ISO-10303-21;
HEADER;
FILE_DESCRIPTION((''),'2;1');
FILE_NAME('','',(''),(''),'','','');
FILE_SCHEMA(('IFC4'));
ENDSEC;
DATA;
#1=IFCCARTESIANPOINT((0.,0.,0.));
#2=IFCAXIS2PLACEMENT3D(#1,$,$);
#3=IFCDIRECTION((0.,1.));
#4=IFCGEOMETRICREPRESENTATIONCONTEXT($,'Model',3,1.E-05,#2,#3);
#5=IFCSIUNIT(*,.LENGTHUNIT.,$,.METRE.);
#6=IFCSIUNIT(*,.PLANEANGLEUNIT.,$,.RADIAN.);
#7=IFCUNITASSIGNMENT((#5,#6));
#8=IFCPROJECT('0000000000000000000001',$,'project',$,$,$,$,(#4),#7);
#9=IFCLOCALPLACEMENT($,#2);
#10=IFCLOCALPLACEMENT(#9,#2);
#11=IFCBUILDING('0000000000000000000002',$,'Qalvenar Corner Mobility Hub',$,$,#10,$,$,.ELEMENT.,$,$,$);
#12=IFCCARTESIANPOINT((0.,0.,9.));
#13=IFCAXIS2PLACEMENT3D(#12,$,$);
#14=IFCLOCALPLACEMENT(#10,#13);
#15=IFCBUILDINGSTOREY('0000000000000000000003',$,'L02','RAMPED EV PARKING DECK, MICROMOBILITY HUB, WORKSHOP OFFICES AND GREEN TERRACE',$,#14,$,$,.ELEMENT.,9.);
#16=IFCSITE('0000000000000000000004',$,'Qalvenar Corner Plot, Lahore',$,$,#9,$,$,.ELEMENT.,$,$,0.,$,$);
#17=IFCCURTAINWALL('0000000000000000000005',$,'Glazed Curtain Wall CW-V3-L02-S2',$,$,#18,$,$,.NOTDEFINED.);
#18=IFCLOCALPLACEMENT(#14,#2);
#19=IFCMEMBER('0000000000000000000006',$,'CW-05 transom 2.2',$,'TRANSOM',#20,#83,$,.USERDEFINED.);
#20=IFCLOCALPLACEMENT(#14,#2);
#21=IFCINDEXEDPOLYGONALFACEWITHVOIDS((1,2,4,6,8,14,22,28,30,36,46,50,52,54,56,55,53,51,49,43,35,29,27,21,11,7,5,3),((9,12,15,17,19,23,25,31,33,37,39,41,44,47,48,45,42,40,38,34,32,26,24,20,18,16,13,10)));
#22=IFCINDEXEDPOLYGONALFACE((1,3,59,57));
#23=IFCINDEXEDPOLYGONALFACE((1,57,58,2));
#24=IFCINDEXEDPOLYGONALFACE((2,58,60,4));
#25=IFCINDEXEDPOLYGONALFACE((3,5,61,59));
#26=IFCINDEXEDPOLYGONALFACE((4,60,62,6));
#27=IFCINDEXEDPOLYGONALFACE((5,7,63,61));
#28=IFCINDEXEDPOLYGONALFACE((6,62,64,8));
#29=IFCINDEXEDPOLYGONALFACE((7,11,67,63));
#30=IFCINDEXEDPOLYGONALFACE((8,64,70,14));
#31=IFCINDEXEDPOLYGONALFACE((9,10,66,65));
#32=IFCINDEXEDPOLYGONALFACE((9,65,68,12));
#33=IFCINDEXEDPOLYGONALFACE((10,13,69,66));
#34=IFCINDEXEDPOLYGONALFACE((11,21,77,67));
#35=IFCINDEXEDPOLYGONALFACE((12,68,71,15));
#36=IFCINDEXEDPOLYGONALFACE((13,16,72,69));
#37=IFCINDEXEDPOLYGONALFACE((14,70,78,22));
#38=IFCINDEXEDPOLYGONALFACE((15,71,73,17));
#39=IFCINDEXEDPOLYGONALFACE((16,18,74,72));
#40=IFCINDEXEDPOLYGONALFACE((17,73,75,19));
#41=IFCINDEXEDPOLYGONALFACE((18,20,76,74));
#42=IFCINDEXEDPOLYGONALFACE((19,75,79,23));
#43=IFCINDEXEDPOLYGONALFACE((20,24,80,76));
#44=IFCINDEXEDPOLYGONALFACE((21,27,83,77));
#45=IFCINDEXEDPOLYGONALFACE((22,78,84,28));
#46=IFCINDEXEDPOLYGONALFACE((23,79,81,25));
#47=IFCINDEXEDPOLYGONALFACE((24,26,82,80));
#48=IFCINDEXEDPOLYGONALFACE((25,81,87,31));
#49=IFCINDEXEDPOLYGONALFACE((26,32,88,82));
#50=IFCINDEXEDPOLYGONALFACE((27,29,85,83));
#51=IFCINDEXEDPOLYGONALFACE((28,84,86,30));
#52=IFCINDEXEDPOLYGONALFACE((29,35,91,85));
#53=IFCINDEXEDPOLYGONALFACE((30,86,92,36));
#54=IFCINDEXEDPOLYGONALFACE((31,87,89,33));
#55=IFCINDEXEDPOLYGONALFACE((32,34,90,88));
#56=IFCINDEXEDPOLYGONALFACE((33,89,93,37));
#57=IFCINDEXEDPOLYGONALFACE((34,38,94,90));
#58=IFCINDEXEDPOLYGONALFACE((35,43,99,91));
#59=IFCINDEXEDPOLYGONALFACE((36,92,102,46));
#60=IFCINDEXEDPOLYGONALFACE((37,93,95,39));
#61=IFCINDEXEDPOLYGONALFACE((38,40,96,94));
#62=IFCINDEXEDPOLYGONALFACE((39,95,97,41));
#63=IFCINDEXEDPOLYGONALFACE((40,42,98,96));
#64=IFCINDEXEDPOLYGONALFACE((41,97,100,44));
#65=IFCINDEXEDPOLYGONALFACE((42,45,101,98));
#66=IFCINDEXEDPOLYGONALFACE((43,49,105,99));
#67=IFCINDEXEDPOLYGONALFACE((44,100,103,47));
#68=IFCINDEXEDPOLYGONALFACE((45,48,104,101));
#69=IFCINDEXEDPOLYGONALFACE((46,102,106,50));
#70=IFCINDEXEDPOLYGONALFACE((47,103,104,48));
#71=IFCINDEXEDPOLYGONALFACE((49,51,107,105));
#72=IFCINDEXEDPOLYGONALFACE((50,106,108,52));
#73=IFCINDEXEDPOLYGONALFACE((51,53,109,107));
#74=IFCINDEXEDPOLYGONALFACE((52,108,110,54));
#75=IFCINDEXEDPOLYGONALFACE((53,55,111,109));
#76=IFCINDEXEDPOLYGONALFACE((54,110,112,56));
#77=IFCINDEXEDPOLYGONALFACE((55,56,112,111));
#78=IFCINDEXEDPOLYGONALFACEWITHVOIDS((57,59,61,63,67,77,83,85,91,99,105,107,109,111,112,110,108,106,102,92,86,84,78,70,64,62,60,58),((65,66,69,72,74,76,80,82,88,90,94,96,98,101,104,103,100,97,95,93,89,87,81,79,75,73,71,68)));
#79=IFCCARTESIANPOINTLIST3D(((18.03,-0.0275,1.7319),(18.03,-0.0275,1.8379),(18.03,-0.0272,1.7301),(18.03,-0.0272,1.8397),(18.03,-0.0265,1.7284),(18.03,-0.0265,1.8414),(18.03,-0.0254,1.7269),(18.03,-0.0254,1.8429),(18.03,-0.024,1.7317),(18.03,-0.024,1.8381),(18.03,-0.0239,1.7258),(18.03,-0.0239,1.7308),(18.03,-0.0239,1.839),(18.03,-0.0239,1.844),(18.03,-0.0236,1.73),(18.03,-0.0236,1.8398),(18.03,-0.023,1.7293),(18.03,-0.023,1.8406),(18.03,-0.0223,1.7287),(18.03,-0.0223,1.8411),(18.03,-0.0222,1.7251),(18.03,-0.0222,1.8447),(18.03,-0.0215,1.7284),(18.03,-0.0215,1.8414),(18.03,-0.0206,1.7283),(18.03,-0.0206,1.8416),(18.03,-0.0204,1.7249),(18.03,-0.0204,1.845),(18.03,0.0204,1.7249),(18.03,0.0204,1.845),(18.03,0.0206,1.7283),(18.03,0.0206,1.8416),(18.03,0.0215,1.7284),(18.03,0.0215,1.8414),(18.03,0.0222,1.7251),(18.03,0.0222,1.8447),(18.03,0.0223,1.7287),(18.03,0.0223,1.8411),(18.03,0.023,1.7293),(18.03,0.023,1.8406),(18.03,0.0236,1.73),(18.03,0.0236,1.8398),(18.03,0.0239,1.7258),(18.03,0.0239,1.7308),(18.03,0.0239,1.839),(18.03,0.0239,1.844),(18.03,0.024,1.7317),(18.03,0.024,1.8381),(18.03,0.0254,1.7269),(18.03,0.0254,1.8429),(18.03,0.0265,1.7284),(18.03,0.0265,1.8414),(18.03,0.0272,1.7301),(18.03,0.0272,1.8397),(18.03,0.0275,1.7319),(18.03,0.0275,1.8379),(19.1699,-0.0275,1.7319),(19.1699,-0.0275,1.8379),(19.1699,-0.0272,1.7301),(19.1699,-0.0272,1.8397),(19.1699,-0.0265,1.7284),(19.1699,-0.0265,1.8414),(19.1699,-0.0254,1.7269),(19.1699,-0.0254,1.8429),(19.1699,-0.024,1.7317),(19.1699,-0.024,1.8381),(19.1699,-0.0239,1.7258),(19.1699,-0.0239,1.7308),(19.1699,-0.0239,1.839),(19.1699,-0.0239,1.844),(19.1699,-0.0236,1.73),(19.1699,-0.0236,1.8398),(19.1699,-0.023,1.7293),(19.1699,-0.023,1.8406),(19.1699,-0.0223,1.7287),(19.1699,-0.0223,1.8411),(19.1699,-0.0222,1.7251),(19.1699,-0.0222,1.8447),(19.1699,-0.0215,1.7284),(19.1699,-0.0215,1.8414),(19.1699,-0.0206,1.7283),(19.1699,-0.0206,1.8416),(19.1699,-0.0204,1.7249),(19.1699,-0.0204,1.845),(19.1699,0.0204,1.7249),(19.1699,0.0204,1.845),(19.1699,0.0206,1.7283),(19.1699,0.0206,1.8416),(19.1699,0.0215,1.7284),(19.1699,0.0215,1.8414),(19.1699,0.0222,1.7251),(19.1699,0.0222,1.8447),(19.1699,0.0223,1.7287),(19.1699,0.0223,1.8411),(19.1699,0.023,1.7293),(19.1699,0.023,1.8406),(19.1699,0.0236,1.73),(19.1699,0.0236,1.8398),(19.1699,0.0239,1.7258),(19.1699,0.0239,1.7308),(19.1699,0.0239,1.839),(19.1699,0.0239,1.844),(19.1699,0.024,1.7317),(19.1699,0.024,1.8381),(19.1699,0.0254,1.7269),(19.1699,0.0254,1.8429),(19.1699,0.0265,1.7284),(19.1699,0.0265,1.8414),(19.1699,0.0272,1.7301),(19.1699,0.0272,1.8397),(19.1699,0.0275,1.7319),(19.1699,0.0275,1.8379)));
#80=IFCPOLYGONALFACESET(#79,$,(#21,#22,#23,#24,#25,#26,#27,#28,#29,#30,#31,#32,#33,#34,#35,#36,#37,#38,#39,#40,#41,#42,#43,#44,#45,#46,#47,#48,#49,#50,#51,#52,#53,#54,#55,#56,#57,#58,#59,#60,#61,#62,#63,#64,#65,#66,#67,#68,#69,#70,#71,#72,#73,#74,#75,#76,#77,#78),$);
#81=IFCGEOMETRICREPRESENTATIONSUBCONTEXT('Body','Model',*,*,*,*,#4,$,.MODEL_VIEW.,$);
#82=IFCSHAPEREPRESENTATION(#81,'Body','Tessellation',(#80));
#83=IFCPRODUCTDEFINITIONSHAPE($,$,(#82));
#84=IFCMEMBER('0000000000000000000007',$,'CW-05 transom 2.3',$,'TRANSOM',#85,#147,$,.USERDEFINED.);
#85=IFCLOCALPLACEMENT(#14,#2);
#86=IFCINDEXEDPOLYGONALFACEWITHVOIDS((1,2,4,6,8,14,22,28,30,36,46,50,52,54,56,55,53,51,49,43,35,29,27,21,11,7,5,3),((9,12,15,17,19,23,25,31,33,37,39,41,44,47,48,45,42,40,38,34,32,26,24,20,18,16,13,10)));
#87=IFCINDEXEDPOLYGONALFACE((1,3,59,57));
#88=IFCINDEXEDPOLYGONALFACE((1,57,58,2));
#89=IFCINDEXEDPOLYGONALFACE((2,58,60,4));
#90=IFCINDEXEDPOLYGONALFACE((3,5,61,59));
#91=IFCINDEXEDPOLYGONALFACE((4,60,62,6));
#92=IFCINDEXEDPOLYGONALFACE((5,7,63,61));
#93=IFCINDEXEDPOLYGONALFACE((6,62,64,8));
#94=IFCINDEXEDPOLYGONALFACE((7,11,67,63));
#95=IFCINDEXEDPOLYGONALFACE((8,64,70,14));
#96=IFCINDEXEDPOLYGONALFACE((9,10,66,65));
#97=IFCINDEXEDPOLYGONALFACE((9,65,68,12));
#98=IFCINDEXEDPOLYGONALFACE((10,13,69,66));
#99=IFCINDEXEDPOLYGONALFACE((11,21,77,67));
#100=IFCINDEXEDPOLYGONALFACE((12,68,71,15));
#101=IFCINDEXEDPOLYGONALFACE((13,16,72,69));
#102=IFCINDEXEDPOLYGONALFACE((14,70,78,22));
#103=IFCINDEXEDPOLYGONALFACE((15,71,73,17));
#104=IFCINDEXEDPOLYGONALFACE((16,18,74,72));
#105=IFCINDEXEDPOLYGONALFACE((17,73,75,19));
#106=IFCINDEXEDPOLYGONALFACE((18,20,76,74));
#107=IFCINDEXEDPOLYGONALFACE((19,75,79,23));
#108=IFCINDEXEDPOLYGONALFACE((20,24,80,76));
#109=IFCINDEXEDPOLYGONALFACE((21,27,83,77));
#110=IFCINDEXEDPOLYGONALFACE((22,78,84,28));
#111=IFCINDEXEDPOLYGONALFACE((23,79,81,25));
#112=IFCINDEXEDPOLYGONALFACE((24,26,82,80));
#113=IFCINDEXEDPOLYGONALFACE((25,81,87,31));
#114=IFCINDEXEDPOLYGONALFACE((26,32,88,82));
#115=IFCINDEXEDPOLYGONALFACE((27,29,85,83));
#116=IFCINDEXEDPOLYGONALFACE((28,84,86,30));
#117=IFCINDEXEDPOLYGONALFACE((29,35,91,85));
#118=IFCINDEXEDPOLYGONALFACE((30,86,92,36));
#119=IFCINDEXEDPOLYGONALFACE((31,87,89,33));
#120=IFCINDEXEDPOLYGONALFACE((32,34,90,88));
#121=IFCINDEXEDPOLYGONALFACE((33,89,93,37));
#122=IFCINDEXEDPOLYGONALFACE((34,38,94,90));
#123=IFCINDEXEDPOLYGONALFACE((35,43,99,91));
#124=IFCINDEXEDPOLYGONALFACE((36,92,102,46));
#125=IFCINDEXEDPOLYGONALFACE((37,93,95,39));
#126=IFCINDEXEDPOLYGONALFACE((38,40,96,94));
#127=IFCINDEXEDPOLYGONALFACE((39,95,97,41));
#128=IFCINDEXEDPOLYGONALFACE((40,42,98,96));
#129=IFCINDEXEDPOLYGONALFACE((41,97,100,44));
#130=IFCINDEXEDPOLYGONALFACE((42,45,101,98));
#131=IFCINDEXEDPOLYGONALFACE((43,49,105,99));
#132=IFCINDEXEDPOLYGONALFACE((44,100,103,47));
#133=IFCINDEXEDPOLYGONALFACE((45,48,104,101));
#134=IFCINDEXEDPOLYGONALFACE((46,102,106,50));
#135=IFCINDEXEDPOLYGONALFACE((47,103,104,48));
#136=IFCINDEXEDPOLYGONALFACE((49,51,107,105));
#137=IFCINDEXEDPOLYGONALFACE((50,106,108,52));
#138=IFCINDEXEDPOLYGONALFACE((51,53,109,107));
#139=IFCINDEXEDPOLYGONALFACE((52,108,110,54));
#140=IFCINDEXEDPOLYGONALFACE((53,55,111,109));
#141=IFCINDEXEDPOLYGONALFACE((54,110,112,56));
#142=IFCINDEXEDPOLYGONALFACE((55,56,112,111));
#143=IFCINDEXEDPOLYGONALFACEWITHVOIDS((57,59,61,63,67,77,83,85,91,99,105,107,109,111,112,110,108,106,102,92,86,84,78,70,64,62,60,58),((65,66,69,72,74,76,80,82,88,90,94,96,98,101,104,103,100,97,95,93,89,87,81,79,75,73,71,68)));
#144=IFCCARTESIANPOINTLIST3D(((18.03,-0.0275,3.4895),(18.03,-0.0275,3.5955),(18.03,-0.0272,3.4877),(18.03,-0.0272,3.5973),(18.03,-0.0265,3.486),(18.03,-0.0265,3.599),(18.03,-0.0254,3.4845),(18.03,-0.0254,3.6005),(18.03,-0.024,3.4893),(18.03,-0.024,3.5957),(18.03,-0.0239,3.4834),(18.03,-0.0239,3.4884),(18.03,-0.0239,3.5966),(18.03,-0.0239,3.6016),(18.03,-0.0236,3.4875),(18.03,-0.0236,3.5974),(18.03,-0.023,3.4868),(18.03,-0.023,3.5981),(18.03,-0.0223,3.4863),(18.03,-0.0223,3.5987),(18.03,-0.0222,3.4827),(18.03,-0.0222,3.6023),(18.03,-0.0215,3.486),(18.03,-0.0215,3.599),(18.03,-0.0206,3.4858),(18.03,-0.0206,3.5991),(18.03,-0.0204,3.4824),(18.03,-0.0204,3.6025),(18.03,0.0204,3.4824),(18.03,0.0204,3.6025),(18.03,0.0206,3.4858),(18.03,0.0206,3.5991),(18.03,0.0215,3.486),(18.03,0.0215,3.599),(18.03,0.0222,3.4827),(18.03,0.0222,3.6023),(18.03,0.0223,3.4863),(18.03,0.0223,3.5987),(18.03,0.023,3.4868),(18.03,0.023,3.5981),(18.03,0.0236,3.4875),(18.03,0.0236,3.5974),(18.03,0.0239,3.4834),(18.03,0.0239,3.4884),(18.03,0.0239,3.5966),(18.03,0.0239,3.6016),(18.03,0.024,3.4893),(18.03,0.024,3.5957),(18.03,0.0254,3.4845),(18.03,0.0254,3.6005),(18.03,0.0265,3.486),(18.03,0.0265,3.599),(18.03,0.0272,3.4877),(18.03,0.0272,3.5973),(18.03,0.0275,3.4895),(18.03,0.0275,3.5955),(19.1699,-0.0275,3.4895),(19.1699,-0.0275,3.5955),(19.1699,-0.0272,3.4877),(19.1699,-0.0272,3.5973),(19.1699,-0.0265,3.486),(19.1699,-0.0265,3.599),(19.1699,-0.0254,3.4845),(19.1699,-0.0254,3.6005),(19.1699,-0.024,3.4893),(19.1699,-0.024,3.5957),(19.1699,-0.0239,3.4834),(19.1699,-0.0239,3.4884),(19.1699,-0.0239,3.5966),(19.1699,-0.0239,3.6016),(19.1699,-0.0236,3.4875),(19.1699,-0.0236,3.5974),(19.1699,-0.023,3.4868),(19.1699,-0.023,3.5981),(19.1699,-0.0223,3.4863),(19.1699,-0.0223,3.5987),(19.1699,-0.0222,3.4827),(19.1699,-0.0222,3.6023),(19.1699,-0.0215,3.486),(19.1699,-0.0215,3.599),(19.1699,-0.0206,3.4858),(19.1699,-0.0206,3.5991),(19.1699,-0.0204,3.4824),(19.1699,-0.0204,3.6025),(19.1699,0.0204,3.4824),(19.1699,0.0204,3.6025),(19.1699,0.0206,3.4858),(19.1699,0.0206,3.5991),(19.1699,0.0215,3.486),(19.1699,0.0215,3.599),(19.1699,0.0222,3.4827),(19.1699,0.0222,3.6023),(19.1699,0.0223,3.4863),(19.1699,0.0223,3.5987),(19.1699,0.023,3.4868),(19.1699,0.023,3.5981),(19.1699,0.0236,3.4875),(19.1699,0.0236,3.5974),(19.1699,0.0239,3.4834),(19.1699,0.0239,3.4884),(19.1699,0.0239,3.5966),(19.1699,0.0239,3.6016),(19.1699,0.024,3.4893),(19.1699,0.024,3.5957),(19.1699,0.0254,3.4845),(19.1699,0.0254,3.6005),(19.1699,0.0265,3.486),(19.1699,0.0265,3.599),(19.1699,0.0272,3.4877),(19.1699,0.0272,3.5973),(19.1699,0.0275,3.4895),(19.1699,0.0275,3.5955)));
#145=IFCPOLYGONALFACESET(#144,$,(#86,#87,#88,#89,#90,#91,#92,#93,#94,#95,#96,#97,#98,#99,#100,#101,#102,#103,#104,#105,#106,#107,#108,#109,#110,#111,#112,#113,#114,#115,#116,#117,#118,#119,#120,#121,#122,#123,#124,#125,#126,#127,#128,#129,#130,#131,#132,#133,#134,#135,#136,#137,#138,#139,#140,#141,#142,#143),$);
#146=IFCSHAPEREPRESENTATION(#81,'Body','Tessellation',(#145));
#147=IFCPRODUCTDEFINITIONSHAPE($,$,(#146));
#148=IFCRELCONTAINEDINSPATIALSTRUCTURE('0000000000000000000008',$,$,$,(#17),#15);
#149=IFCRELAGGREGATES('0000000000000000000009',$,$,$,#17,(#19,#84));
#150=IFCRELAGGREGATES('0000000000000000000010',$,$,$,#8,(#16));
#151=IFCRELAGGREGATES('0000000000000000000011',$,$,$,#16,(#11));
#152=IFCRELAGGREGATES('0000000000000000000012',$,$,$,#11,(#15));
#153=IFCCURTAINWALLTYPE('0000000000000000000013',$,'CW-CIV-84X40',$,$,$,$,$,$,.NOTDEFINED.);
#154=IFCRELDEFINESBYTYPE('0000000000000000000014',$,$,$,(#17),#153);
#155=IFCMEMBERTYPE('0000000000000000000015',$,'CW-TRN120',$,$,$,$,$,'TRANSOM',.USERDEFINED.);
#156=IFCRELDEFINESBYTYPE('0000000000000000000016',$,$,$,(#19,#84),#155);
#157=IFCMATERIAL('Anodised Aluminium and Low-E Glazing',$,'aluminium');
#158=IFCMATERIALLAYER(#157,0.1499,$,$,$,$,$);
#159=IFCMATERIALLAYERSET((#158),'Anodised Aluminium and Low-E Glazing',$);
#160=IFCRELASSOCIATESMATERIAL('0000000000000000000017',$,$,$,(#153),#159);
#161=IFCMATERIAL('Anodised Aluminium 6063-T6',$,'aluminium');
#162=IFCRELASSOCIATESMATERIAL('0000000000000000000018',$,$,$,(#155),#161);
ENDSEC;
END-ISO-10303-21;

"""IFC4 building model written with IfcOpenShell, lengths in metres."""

from ifc_helpers import new_model, si_unit, direction, frame, origin, origin_2d, place, context, subcontext, project, spatial, hollow_rectangle, extrude, material, layer, layer_set, material_profile, profile_set, type_object, element, aggregate, save


model = new_model("IFC4")

# Units and contexts
model_context = context("Model", 3, precision=1e-05, world=origin(), true_north=direction((0.0, 1.0)))
body_context = subcontext(model_context, "Body", "Model", "MODEL_VIEW")
ifc_project = project(units=[si_unit("LENGTHUNIT", "METRE"), si_unit("PLANEANGLEUNIT", "RADIAN")], contexts=[model_context])

# Site, building, storey
site_placement = place(None, origin())
site = spatial("IfcSite", under=ifc_project, at=site_placement, Name="Qalvenar Corner Plot, Lahore", CompositionType="ELEMENT", RefElevation=0.0)
building_placement = place(site_placement, origin())
building = spatial("IfcBuilding", under=site, at=building_placement, Name="Qalvenar Corner Mobility Hub", CompositionType="ELEMENT")
storey_placement = place(building_placement, frame((0.0, 0.0, 9.0)))
storey = spatial("IfcBuildingStorey", under=building, at=storey_placement, Name="L02", Description="RAMPED EV PARKING DECK, MICROMOBILITY HUB, WORKSHOP OFFICES AND GREEN TERRACE", CompositionType="ELEMENT", Elevation=9.0)

# Curtain wall, members
ifc_material_1 = material(Name="Anodised Aluminium and Low-E Glazing", Category="aluminium")
ifc_layer_1 = layer(ifc_material_1, 0.1499)
ifc_layer_set_1 = layer_set([ifc_layer_1], Name="Anodised Aluminium and Low-E Glazing")
curtain_wall_type = type_object("IfcCurtainWallType", Name="CW-CIV-84X40", PredefinedType="NOTDEFINED", material=ifc_layer_set_1)
curtain_wall_placement = place(storey_placement, origin())
curtain_wall = element("IfcCurtainWall", 1, at=curtain_wall_placement, inside=storey, type_object=curtain_wall_type, Name="Glazed Curtain Wall CW-V3-L02-S2", PredefinedType="NOTDEFINED")
ifc_material_2 = material(Name="Anodised Aluminium 6063-T6", Category="aluminium")
ifc_material_profile_1 = material_profile(ifc_material_2, hollow_rectangle(XDim=0.0549, YDim=0.1201, WallThickness=0.0034, InnerFilletRadius=0.0034, OuterFilletRadius=0.0071, at=origin_2d()), Name="RHS120x55x3.5")
ifc_profile_set_1 = profile_set([ifc_material_profile_1], Name="Anodised Aluminium 6063-T6")
member_type_1 = type_object("IfcMemberType", Name="CW-TRN120", ElementType="TRANSOM", PredefinedType="USERDEFINED", material=ifc_profile_set_1)
member_1_placement = place(storey_placement, frame((18.03, 0.0, 1.7849), z_axis=(1.0, 0.0, 0.0), x_axis=(0.0, 1.0, 0.0)))
member_1 = element("IfcMember", 2, at=member_1_placement, type_object=member_type_1, Name="CW-05 transom 2.2", ObjectType="TRANSOM", PredefinedType="USERDEFINED", context=body_context, shape_type="SweptSolid", body=[
    extrude(hollow_rectangle(XDim=0.0549, YDim=0.1201, WallThickness=0.0034, InnerFilletRadius=0.0034, OuterFilletRadius=0.0071, at=origin_2d()), origin(), (0.0, 0.0, 1.0), 1.1399),
])
member_2_placement = place(storey_placement, frame((18.03, 0.0, 3.5425), z_axis=(1.0, 0.0, 0.0), x_axis=(0.0, 1.0, 0.0)))
member_2 = element("IfcMember", 3, at=member_2_placement, type_object=member_type_1, Name="CW-05 transom 2.3", ObjectType="TRANSOM", PredefinedType="USERDEFINED", context=body_context, shape_type="SweptSolid", body=[
    extrude(hollow_rectangle(XDim=0.0549, YDim=0.1201, WallThickness=0.0034, InnerFilletRadius=0.0034, OuterFilletRadius=0.0071, at=origin_2d()), origin(), (0.0, 0.0, 1.0), 1.1399),
])
aggregate(curtain_wall, [member_1, member_2])

save(model, "model.ifc")
